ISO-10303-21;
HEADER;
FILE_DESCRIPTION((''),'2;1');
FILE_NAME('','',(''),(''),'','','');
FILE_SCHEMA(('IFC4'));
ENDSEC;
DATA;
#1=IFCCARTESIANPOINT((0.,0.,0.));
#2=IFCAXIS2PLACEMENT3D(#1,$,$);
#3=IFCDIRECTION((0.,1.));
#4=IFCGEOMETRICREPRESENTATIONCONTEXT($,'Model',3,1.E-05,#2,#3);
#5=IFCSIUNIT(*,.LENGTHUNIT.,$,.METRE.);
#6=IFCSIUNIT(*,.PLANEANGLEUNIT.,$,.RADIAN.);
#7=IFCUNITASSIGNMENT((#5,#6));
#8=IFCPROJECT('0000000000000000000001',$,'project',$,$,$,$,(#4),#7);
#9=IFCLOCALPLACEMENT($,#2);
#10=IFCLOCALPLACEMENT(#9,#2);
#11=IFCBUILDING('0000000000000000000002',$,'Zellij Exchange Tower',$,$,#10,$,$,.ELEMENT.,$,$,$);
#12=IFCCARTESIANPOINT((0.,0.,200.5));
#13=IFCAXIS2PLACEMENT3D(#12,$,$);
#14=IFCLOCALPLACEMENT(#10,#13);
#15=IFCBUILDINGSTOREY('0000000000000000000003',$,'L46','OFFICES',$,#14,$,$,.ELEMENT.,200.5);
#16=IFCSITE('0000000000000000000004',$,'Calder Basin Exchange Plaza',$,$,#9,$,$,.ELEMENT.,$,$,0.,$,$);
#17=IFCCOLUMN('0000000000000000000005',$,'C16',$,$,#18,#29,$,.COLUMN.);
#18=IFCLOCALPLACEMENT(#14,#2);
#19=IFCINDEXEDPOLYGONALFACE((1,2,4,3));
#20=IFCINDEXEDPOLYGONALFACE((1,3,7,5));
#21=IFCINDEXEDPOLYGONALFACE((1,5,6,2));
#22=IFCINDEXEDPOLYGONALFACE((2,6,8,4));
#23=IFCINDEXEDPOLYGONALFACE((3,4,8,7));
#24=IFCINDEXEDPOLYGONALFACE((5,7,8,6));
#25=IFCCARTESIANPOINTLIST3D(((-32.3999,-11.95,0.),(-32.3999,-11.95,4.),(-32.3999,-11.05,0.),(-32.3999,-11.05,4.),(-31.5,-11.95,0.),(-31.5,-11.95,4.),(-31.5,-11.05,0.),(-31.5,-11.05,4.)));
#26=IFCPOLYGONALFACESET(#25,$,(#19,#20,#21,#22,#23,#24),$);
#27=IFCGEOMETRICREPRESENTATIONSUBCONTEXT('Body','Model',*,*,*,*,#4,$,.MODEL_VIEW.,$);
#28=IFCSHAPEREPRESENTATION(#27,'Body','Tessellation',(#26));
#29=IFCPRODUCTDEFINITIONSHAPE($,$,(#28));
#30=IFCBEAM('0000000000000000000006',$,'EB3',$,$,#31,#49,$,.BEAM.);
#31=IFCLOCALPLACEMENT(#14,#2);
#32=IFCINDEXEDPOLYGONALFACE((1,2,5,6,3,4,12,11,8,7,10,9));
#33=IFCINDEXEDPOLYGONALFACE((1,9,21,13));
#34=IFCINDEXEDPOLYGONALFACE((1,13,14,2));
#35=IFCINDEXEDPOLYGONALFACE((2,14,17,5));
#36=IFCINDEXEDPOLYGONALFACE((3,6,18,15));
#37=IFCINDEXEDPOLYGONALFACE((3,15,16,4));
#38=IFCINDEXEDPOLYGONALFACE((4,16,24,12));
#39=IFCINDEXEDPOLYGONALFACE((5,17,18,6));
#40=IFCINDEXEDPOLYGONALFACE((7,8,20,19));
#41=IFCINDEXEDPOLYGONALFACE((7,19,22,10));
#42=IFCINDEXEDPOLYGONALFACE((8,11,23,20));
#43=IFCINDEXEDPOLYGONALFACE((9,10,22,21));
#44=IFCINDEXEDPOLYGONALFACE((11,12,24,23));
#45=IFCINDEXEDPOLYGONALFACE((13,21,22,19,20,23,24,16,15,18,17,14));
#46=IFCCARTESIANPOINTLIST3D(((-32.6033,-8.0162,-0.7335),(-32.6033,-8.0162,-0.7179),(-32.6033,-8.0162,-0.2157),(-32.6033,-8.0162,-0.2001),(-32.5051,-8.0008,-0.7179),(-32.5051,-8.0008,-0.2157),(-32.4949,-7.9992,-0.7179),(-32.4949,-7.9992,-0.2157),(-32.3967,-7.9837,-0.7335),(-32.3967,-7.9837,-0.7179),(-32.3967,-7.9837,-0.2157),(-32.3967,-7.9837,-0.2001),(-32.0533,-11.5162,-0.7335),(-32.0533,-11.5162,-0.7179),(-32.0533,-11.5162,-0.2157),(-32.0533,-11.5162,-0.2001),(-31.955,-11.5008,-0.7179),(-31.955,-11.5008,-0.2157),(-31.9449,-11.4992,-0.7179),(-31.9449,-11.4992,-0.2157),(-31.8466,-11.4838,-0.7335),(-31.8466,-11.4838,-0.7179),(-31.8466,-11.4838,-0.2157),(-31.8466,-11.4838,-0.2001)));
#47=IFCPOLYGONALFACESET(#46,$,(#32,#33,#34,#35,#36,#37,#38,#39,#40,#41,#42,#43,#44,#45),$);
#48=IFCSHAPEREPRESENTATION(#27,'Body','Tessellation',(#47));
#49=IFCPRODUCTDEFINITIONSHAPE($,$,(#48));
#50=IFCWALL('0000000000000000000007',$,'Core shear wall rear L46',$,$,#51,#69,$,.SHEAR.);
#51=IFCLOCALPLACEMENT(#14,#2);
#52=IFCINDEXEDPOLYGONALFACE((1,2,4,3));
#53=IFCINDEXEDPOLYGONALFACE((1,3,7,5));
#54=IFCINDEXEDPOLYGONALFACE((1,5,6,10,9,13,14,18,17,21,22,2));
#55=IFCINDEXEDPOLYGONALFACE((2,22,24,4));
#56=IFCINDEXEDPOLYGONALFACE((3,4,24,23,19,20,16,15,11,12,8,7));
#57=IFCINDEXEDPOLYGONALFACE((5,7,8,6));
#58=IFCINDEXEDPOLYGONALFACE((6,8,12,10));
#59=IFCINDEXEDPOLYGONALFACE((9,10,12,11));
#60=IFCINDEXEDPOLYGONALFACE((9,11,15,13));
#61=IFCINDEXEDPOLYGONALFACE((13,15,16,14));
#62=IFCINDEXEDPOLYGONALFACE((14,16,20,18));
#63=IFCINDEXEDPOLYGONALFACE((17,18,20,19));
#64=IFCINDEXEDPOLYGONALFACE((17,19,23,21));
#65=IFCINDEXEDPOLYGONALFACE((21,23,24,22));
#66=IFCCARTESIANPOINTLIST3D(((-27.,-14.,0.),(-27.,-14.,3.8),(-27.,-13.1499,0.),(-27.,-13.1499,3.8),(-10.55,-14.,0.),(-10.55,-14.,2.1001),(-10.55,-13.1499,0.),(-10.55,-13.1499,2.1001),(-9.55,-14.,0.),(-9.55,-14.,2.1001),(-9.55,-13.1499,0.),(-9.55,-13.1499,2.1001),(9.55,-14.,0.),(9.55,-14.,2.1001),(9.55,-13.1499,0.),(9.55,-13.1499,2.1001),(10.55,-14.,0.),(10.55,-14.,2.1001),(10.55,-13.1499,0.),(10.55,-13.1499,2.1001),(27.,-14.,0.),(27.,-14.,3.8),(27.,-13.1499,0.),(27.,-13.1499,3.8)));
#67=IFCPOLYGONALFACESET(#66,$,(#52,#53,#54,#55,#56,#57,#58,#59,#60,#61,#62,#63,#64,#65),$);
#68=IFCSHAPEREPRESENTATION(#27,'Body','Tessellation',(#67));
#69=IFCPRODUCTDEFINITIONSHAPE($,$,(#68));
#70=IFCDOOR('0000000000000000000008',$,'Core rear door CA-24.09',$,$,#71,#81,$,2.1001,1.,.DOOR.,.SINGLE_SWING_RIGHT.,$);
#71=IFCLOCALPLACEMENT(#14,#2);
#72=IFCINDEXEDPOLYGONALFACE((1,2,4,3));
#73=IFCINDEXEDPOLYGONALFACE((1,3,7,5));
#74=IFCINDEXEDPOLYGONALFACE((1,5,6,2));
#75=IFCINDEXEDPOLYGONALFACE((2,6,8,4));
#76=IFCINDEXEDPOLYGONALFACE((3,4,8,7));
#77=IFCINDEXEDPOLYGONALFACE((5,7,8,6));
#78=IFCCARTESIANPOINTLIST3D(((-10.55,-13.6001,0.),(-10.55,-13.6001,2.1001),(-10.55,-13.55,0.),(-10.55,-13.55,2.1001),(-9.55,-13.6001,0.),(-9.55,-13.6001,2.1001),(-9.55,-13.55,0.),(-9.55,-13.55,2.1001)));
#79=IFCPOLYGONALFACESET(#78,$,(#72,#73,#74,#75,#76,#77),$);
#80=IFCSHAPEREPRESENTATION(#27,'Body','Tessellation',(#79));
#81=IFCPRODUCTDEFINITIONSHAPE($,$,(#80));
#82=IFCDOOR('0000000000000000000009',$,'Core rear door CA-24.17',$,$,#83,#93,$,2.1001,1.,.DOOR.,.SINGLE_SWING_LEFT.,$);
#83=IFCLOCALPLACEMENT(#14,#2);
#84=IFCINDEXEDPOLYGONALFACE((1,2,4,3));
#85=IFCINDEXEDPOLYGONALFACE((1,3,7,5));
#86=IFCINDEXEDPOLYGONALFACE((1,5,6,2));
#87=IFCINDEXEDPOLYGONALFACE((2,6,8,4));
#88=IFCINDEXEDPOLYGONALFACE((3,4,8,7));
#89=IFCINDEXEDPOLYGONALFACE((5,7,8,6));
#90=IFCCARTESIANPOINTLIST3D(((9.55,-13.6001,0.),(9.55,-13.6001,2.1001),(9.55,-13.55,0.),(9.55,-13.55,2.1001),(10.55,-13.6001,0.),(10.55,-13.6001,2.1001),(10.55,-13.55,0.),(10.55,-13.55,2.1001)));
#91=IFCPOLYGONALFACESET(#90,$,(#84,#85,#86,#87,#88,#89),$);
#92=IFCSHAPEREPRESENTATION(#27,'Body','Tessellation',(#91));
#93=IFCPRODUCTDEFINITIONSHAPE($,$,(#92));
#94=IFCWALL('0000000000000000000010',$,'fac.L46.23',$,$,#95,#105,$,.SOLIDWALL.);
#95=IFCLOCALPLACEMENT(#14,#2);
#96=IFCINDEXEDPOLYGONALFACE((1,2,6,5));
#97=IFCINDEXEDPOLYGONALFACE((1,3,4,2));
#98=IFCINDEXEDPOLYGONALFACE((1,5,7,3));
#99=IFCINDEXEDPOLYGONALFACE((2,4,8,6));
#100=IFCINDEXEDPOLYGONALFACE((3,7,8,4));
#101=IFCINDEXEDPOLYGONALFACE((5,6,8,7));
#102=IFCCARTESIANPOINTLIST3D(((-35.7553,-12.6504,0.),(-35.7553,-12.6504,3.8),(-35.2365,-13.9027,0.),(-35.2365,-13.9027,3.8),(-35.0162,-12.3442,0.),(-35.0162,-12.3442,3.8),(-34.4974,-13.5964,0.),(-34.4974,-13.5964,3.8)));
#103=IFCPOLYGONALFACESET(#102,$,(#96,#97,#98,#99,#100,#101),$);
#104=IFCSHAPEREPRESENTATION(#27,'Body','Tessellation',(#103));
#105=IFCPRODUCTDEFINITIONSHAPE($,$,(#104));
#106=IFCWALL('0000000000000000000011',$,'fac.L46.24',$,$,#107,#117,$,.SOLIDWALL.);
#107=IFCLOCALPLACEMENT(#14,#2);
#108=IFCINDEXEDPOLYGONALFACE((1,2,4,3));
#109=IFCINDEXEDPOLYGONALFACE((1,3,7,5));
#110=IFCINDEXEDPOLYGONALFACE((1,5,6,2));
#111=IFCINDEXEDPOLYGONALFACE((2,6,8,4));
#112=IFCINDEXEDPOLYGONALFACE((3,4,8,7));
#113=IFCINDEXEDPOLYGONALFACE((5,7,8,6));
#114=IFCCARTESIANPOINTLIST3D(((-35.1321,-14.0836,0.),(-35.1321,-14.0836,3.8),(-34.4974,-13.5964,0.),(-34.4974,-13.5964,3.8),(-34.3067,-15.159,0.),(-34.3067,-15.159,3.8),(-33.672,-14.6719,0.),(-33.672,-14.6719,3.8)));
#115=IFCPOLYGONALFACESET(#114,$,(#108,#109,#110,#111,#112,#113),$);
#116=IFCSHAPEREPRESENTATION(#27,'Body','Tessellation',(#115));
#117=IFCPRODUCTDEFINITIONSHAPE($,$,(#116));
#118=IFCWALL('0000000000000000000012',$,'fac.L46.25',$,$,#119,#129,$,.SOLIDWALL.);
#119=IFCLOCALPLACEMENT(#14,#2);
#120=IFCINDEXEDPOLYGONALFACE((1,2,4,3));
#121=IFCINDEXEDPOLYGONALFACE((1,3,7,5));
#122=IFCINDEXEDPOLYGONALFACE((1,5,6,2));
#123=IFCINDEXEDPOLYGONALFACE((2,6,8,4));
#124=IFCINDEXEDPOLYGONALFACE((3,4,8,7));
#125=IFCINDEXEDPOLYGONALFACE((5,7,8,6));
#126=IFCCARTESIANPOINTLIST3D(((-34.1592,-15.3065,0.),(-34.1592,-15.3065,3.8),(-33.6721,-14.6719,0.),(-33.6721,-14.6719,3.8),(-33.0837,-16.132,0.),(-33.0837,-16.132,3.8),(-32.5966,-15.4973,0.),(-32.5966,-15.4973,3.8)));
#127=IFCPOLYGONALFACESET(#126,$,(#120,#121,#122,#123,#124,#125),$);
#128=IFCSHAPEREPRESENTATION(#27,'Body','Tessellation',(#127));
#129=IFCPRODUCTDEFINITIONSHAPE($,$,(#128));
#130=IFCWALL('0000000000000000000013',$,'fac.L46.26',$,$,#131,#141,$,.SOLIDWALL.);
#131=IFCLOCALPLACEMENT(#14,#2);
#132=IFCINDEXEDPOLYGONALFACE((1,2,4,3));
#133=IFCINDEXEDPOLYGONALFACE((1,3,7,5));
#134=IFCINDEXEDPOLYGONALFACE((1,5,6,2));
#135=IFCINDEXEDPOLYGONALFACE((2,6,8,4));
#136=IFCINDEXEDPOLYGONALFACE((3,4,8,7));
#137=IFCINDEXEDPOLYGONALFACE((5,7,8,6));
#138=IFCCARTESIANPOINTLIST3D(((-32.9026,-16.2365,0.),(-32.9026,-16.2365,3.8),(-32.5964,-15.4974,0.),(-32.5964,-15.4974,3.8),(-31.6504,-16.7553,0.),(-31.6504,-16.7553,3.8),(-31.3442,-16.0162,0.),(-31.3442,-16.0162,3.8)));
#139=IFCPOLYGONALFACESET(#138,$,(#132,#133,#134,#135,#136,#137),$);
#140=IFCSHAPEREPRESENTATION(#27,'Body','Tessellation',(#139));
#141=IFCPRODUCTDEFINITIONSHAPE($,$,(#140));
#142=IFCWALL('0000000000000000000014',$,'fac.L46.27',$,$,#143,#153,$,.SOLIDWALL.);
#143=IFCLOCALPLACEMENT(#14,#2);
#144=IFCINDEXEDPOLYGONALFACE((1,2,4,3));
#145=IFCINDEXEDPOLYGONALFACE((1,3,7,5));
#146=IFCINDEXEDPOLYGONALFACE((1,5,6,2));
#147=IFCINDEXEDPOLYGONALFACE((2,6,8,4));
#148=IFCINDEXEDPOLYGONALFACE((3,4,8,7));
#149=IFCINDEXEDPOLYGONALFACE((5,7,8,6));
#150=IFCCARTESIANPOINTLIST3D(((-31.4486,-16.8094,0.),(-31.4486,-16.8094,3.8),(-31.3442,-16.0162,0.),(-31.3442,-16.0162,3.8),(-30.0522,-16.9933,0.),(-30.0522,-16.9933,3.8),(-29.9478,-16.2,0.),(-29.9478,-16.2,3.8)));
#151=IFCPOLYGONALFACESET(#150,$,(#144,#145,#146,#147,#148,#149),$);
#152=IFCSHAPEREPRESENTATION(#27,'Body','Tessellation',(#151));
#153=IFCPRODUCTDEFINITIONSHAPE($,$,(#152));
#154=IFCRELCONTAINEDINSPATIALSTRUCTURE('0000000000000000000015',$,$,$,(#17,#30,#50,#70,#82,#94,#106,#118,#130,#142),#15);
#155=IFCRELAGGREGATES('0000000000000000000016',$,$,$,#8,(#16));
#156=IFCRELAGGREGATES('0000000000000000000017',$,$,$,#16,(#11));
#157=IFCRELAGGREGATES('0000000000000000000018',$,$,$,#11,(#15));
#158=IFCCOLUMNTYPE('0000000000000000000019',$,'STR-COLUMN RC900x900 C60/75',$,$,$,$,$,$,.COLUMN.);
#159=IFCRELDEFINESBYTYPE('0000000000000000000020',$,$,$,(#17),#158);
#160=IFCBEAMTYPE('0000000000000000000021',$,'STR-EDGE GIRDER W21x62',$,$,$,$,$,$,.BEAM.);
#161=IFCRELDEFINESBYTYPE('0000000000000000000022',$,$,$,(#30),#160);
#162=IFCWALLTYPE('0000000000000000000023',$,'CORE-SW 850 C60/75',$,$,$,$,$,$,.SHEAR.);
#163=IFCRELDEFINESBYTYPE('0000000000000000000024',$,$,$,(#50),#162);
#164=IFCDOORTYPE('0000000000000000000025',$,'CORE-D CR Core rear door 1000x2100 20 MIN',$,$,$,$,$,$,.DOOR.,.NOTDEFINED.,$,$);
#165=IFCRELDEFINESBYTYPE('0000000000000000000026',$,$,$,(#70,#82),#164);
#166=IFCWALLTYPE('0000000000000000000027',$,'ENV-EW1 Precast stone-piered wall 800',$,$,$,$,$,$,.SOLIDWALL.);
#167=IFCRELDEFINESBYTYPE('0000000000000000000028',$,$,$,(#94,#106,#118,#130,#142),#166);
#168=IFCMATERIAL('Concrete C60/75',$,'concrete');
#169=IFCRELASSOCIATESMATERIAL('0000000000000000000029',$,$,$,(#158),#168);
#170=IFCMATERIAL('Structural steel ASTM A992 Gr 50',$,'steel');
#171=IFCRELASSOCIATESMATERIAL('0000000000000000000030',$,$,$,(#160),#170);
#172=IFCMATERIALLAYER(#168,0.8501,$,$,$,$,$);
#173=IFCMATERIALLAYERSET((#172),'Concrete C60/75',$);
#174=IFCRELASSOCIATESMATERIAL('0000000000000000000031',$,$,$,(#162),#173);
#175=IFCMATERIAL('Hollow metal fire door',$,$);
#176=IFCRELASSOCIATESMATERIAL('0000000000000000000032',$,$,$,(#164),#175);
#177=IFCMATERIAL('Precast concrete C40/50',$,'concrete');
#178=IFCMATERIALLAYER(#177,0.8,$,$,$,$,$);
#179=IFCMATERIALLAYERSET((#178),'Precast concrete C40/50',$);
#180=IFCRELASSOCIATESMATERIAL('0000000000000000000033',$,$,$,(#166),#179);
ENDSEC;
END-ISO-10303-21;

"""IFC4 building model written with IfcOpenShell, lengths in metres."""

from ifc_helpers import new_model, si_unit, direction, frame, frame_2d, origin, origin_2d, place, context, subcontext, project, spatial, rectangle, i_section, extrude, material, layer, layer_set, material_profile, profile_set, type_object, element, fill, save


model = new_model("IFC4")

# Units and contexts
model_context = context("Model", 3, precision=1e-05, world=origin(), true_north=direction((0.0, 1.0)))
body_context = subcontext(model_context, "Body", "Model", "MODEL_VIEW")
ifc_project = project(units=[si_unit("LENGTHUNIT", "METRE"), si_unit("PLANEANGLEUNIT", "RADIAN")], contexts=[model_context])

# Site, building, storey
site_placement = place(None, origin())
site = spatial("IfcSite", under=ifc_project, at=site_placement, Name="Calder Basin Exchange Plaza", CompositionType="ELEMENT", RefElevation=0.0)
building_placement = place(site_placement, origin())
building = spatial("IfcBuilding", under=site, at=building_placement, Name="Zellij Exchange Tower", CompositionType="ELEMENT")
storey_placement = place(building_placement, frame((0.0, 0.0, 200.5)))
storey = spatial("IfcBuildingStorey", under=building, at=storey_placement, Name="L46", Description="OFFICES", CompositionType="ELEMENT", Elevation=200.5)

# Column
ifc_material_1 = material(Name="Concrete C60/75", Category="concrete")
ifc_material_profile_1 = material_profile(ifc_material_1, rectangle(XDim=0.8999, YDim=0.8999, at=origin_2d()), Name="STR-COLUMN RC900x900 C60/75")
ifc_profile_set_1 = profile_set([ifc_material_profile_1], Name="Concrete C60/75")
column_type = type_object("IfcColumnType", Name="STR-COLUMN RC900x900 C60/75", PredefinedType="COLUMN", material=ifc_profile_set_1)
column_placement = place(storey_placement, frame((-31.95, -11.5, 0.0), z_axis=(0.0, 0.0, 1.0), x_axis=(1.0, 0.0, 0.0)))
element("IfcColumn", 1, at=column_placement, inside=storey, type_object=column_type, Name="C16", PredefinedType="COLUMN", context=body_context, shape_type="SweptSolid", body=[
    extrude(rectangle(XDim=0.8999, YDim=0.8999, at=origin_2d()), origin(), (0.0, 0.0, 1.0), 4.0),
])

# Beam
ifc_material_2 = material(Name="Structural steel ASTM A992 Gr 50", Category="steel")
ifc_material_profile_2 = material_profile(ifc_material_2, i_section(OverallWidth=0.2092, OverallDepth=0.5334, WebThickness=0.0103, FlangeThickness=0.0156, at=origin_2d()), Name="W21x62")
ifc_profile_set_2 = profile_set([ifc_material_profile_2], Name="Structural steel ASTM A992 Gr 50")
beam_type = type_object("IfcBeamType", Name="STR-EDGE GIRDER W21x62", PredefinedType="BEAM", material=ifc_profile_set_2)
beam_placement = place(storey_placement, frame((-31.95, -11.5, -0.4668), z_axis=(-0.155251, 0.987875, 0.0), x_axis=(-0.987875, -0.155251, 0.0)))
element("IfcBeam", 2, at=beam_placement, inside=storey, type_object=beam_type, Name="EB3", PredefinedType="BEAM", context=body_context, shape_type="SweptSolid", body=[
    extrude(i_section(OverallWidth=0.2092, OverallDepth=0.5334, WebThickness=0.0103, FlangeThickness=0.0156, at=origin_2d()), origin(), (0.0, 0.0, 1.0), 3.543),
])

# Wall, openings, doors
ifc_layer_1 = layer(ifc_material_1, 0.8501)
ifc_layer_set_1 = layer_set([ifc_layer_1], Name="Concrete C60/75")
wall_type_1 = type_object("IfcWallType", Name="CORE-SW 850 C60/75", PredefinedType="SHEAR", material=ifc_layer_set_1)
wall_1_placement = place(storey_placement, frame((-27.0, -13.575, 0.0), z_axis=(0.0, 0.0, 1.0), x_axis=(1.0, 0.0, 0.0)))
wall_1 = element("IfcWall", 3, at=wall_1_placement, inside=storey, type_object=wall_type_1, Name="Core shear wall rear L46", PredefinedType="SHEAR", context=body_context, shape_type="SweptSolid", body=[
    extrude(rectangle(XDim=54.0, YDim=0.8501, at=frame_2d((27.0, 0.0))), origin(), (0.0, 0.0, 1.0), 3.8),
])
opening_1_placement = place(wall_1_placement, frame((16.45, 0.0, 0.0)))
opening_1 = element("IfcOpeningElement", 4, at=opening_1_placement, cuts=wall_1, PredefinedType="OPENING", context=body_context, shape_type="SweptSolid", body=[
    extrude(rectangle(XDim=1.0, YDim=2.1001, at=frame_2d((0.5, 1.05))), frame((0.0, 0.437, 0.0), z_axis=(0.0, -1.0, 0.0), x_axis=(1.0, 0.0, 0.0)), (0.0, 0.0, 1.0), 0.874),
])
opening_2_placement = place(wall_1_placement, frame((36.55, 0.0, 0.0)))
opening_2 = element("IfcOpeningElement", 5, at=opening_2_placement, cuts=wall_1, PredefinedType="OPENING", context=body_context, shape_type="SweptSolid", body=[
    extrude(rectangle(XDim=1.0, YDim=2.1001, at=frame_2d((0.5, 1.05))), frame((0.0, 0.437, 0.0), z_axis=(0.0, -1.0, 0.0), x_axis=(1.0, 0.0, 0.0)), (0.0, 0.0, 1.0), 0.874),
])
ifc_material_3 = material(Name="Hollow metal fire door")
door_type_1 = type_object("IfcDoorType", Name="CORE-D CR Core rear door 1000x2100 20 MIN", OperationType="NOTDEFINED", PredefinedType="DOOR", material=ifc_material_3)
door_1_placement = place(opening_1_placement, origin())
door_1 = element("IfcDoor", 6, at=door_1_placement, inside=storey, type_object=door_type_1, Name="Core rear door CA-24.09", OperationType="SINGLE_SWING_RIGHT", OverallHeight=2.1001, OverallWidth=1.0, PredefinedType="DOOR", context=body_context, shape_type="SweptSolid", body=[
    extrude(rectangle(XDim=1.0, YDim=2.1001, at=frame_2d((0.5, 1.05))), frame((0.0, 0.0249, 0.0), z_axis=(0.0, -1.0, 0.0), x_axis=(1.0, 0.0, 0.0)), (0.0, 0.0, 1.0), 0.05),
])
fill(opening_1, door_1)
door_2_placement = place(opening_2_placement, origin())
door_2 = element("IfcDoor", 7, at=door_2_placement, inside=storey, type_object=door_type_1, Name="Core rear door CA-24.17", OperationType="SINGLE_SWING_LEFT", OverallHeight=2.1001, OverallWidth=1.0, PredefinedType="DOOR", context=body_context, shape_type="SweptSolid", body=[
    extrude(rectangle(XDim=1.0, YDim=2.1001, at=frame_2d((0.5, 1.05))), frame((0.0, 0.0249, 0.0), z_axis=(0.0, -1.0, 0.0), x_axis=(1.0, 0.0, 0.0)), (0.0, 0.0, 1.0), 0.05),
])
fill(opening_2, door_2)

# Shared definitions
ifc_material_4 = material(Name="Precast concrete C40/50", Category="concrete")
ifc_layer_2 = layer(ifc_material_4, 0.8)
ifc_layer_set_2 = layer_set([ifc_layer_2], Name="Precast concrete C40/50")
wall_type_2 = type_object("IfcWallType", Name="ENV-EW1 Precast stone-piered wall 800", PredefinedType="SOLIDWALL", material=ifc_layer_set_2)

# Walls
wall_2_placement = place(storey_placement, frame((-35.3857, -12.4973, 0.0), z_axis=(0.0, 0.0, 1.0), x_axis=(0.38276, -0.923848, 0.0)))
element("IfcWall", 8, at=wall_2_placement, inside=storey, type_object=wall_type_2, Name="fac.L46.23", PredefinedType="SOLIDWALL", context=body_context, shape_type="SweptSolid", body=[
    extrude(rectangle(XDim=1.3555, YDim=0.8, at=frame_2d((0.6777, 0.0))), origin(), (0.0, 0.0, 1.0), 3.8),
])
for number, where, z_axis, x_axis, name in (
    (9, (-34.8147, -13.8401, 0.0), (0.0, 0.0, 1.0), (0.608866, -0.793273, 0.0), "fac.L46.24"),
    (10, (-33.9155, -14.9893, 0.0), (0.0, 0.0, 1.0), (0.793273, -0.608866, 0.0), "fac.L46.25"),
):
    element("IfcWall", number, at=place(storey_placement, frame(where, z_axis=z_axis, x_axis=x_axis)), inside=storey, type_object=wall_type_2, Name=name, PredefinedType="SOLIDWALL", context=body_context, shape_type="SweptSolid", body=[
        extrude(rectangle(XDim=1.3557, YDim=0.8, at=frame_2d((0.6777, 0.0))), origin(), (0.0, 0.0, 1.0), 3.8),
    ])
wall_3_placement = place(storey_placement, frame((-32.7495, -15.8669, 0.0), z_axis=(0.0, 0.0, 1.0), x_axis=(0.923848, -0.38276, 0.0)))
element("IfcWall", 11, at=wall_3_placement, inside=storey, type_object=wall_type_2, Name="fac.L46.26", PredefinedType="SOLIDWALL", context=body_context, shape_type="SweptSolid", body=[
    extrude(rectangle(XDim=1.3555, YDim=0.8, at=frame_2d((0.6777, 0.0))), origin(), (0.0, 0.0, 1.0), 3.8),
])
wall_4_placement = place(storey_placement, frame((-31.3962, -16.4128, 0.0), z_axis=(0.0, 0.0, 1.0), x_axis=(0.991446, -0.130517, 0.0)))
element("IfcWall", 12, at=wall_4_placement, inside=storey, type_object=wall_type_2, Name="fac.L46.27", PredefinedType="SOLIDWALL", context=body_context, shape_type="SweptSolid", body=[
    extrude(rectangle(XDim=1.4084, YDim=0.8, at=frame_2d((0.7041, 0.0))), origin(), (0.0, 0.0, 1.0), 3.8),
])

save(model, "model.ifc")
